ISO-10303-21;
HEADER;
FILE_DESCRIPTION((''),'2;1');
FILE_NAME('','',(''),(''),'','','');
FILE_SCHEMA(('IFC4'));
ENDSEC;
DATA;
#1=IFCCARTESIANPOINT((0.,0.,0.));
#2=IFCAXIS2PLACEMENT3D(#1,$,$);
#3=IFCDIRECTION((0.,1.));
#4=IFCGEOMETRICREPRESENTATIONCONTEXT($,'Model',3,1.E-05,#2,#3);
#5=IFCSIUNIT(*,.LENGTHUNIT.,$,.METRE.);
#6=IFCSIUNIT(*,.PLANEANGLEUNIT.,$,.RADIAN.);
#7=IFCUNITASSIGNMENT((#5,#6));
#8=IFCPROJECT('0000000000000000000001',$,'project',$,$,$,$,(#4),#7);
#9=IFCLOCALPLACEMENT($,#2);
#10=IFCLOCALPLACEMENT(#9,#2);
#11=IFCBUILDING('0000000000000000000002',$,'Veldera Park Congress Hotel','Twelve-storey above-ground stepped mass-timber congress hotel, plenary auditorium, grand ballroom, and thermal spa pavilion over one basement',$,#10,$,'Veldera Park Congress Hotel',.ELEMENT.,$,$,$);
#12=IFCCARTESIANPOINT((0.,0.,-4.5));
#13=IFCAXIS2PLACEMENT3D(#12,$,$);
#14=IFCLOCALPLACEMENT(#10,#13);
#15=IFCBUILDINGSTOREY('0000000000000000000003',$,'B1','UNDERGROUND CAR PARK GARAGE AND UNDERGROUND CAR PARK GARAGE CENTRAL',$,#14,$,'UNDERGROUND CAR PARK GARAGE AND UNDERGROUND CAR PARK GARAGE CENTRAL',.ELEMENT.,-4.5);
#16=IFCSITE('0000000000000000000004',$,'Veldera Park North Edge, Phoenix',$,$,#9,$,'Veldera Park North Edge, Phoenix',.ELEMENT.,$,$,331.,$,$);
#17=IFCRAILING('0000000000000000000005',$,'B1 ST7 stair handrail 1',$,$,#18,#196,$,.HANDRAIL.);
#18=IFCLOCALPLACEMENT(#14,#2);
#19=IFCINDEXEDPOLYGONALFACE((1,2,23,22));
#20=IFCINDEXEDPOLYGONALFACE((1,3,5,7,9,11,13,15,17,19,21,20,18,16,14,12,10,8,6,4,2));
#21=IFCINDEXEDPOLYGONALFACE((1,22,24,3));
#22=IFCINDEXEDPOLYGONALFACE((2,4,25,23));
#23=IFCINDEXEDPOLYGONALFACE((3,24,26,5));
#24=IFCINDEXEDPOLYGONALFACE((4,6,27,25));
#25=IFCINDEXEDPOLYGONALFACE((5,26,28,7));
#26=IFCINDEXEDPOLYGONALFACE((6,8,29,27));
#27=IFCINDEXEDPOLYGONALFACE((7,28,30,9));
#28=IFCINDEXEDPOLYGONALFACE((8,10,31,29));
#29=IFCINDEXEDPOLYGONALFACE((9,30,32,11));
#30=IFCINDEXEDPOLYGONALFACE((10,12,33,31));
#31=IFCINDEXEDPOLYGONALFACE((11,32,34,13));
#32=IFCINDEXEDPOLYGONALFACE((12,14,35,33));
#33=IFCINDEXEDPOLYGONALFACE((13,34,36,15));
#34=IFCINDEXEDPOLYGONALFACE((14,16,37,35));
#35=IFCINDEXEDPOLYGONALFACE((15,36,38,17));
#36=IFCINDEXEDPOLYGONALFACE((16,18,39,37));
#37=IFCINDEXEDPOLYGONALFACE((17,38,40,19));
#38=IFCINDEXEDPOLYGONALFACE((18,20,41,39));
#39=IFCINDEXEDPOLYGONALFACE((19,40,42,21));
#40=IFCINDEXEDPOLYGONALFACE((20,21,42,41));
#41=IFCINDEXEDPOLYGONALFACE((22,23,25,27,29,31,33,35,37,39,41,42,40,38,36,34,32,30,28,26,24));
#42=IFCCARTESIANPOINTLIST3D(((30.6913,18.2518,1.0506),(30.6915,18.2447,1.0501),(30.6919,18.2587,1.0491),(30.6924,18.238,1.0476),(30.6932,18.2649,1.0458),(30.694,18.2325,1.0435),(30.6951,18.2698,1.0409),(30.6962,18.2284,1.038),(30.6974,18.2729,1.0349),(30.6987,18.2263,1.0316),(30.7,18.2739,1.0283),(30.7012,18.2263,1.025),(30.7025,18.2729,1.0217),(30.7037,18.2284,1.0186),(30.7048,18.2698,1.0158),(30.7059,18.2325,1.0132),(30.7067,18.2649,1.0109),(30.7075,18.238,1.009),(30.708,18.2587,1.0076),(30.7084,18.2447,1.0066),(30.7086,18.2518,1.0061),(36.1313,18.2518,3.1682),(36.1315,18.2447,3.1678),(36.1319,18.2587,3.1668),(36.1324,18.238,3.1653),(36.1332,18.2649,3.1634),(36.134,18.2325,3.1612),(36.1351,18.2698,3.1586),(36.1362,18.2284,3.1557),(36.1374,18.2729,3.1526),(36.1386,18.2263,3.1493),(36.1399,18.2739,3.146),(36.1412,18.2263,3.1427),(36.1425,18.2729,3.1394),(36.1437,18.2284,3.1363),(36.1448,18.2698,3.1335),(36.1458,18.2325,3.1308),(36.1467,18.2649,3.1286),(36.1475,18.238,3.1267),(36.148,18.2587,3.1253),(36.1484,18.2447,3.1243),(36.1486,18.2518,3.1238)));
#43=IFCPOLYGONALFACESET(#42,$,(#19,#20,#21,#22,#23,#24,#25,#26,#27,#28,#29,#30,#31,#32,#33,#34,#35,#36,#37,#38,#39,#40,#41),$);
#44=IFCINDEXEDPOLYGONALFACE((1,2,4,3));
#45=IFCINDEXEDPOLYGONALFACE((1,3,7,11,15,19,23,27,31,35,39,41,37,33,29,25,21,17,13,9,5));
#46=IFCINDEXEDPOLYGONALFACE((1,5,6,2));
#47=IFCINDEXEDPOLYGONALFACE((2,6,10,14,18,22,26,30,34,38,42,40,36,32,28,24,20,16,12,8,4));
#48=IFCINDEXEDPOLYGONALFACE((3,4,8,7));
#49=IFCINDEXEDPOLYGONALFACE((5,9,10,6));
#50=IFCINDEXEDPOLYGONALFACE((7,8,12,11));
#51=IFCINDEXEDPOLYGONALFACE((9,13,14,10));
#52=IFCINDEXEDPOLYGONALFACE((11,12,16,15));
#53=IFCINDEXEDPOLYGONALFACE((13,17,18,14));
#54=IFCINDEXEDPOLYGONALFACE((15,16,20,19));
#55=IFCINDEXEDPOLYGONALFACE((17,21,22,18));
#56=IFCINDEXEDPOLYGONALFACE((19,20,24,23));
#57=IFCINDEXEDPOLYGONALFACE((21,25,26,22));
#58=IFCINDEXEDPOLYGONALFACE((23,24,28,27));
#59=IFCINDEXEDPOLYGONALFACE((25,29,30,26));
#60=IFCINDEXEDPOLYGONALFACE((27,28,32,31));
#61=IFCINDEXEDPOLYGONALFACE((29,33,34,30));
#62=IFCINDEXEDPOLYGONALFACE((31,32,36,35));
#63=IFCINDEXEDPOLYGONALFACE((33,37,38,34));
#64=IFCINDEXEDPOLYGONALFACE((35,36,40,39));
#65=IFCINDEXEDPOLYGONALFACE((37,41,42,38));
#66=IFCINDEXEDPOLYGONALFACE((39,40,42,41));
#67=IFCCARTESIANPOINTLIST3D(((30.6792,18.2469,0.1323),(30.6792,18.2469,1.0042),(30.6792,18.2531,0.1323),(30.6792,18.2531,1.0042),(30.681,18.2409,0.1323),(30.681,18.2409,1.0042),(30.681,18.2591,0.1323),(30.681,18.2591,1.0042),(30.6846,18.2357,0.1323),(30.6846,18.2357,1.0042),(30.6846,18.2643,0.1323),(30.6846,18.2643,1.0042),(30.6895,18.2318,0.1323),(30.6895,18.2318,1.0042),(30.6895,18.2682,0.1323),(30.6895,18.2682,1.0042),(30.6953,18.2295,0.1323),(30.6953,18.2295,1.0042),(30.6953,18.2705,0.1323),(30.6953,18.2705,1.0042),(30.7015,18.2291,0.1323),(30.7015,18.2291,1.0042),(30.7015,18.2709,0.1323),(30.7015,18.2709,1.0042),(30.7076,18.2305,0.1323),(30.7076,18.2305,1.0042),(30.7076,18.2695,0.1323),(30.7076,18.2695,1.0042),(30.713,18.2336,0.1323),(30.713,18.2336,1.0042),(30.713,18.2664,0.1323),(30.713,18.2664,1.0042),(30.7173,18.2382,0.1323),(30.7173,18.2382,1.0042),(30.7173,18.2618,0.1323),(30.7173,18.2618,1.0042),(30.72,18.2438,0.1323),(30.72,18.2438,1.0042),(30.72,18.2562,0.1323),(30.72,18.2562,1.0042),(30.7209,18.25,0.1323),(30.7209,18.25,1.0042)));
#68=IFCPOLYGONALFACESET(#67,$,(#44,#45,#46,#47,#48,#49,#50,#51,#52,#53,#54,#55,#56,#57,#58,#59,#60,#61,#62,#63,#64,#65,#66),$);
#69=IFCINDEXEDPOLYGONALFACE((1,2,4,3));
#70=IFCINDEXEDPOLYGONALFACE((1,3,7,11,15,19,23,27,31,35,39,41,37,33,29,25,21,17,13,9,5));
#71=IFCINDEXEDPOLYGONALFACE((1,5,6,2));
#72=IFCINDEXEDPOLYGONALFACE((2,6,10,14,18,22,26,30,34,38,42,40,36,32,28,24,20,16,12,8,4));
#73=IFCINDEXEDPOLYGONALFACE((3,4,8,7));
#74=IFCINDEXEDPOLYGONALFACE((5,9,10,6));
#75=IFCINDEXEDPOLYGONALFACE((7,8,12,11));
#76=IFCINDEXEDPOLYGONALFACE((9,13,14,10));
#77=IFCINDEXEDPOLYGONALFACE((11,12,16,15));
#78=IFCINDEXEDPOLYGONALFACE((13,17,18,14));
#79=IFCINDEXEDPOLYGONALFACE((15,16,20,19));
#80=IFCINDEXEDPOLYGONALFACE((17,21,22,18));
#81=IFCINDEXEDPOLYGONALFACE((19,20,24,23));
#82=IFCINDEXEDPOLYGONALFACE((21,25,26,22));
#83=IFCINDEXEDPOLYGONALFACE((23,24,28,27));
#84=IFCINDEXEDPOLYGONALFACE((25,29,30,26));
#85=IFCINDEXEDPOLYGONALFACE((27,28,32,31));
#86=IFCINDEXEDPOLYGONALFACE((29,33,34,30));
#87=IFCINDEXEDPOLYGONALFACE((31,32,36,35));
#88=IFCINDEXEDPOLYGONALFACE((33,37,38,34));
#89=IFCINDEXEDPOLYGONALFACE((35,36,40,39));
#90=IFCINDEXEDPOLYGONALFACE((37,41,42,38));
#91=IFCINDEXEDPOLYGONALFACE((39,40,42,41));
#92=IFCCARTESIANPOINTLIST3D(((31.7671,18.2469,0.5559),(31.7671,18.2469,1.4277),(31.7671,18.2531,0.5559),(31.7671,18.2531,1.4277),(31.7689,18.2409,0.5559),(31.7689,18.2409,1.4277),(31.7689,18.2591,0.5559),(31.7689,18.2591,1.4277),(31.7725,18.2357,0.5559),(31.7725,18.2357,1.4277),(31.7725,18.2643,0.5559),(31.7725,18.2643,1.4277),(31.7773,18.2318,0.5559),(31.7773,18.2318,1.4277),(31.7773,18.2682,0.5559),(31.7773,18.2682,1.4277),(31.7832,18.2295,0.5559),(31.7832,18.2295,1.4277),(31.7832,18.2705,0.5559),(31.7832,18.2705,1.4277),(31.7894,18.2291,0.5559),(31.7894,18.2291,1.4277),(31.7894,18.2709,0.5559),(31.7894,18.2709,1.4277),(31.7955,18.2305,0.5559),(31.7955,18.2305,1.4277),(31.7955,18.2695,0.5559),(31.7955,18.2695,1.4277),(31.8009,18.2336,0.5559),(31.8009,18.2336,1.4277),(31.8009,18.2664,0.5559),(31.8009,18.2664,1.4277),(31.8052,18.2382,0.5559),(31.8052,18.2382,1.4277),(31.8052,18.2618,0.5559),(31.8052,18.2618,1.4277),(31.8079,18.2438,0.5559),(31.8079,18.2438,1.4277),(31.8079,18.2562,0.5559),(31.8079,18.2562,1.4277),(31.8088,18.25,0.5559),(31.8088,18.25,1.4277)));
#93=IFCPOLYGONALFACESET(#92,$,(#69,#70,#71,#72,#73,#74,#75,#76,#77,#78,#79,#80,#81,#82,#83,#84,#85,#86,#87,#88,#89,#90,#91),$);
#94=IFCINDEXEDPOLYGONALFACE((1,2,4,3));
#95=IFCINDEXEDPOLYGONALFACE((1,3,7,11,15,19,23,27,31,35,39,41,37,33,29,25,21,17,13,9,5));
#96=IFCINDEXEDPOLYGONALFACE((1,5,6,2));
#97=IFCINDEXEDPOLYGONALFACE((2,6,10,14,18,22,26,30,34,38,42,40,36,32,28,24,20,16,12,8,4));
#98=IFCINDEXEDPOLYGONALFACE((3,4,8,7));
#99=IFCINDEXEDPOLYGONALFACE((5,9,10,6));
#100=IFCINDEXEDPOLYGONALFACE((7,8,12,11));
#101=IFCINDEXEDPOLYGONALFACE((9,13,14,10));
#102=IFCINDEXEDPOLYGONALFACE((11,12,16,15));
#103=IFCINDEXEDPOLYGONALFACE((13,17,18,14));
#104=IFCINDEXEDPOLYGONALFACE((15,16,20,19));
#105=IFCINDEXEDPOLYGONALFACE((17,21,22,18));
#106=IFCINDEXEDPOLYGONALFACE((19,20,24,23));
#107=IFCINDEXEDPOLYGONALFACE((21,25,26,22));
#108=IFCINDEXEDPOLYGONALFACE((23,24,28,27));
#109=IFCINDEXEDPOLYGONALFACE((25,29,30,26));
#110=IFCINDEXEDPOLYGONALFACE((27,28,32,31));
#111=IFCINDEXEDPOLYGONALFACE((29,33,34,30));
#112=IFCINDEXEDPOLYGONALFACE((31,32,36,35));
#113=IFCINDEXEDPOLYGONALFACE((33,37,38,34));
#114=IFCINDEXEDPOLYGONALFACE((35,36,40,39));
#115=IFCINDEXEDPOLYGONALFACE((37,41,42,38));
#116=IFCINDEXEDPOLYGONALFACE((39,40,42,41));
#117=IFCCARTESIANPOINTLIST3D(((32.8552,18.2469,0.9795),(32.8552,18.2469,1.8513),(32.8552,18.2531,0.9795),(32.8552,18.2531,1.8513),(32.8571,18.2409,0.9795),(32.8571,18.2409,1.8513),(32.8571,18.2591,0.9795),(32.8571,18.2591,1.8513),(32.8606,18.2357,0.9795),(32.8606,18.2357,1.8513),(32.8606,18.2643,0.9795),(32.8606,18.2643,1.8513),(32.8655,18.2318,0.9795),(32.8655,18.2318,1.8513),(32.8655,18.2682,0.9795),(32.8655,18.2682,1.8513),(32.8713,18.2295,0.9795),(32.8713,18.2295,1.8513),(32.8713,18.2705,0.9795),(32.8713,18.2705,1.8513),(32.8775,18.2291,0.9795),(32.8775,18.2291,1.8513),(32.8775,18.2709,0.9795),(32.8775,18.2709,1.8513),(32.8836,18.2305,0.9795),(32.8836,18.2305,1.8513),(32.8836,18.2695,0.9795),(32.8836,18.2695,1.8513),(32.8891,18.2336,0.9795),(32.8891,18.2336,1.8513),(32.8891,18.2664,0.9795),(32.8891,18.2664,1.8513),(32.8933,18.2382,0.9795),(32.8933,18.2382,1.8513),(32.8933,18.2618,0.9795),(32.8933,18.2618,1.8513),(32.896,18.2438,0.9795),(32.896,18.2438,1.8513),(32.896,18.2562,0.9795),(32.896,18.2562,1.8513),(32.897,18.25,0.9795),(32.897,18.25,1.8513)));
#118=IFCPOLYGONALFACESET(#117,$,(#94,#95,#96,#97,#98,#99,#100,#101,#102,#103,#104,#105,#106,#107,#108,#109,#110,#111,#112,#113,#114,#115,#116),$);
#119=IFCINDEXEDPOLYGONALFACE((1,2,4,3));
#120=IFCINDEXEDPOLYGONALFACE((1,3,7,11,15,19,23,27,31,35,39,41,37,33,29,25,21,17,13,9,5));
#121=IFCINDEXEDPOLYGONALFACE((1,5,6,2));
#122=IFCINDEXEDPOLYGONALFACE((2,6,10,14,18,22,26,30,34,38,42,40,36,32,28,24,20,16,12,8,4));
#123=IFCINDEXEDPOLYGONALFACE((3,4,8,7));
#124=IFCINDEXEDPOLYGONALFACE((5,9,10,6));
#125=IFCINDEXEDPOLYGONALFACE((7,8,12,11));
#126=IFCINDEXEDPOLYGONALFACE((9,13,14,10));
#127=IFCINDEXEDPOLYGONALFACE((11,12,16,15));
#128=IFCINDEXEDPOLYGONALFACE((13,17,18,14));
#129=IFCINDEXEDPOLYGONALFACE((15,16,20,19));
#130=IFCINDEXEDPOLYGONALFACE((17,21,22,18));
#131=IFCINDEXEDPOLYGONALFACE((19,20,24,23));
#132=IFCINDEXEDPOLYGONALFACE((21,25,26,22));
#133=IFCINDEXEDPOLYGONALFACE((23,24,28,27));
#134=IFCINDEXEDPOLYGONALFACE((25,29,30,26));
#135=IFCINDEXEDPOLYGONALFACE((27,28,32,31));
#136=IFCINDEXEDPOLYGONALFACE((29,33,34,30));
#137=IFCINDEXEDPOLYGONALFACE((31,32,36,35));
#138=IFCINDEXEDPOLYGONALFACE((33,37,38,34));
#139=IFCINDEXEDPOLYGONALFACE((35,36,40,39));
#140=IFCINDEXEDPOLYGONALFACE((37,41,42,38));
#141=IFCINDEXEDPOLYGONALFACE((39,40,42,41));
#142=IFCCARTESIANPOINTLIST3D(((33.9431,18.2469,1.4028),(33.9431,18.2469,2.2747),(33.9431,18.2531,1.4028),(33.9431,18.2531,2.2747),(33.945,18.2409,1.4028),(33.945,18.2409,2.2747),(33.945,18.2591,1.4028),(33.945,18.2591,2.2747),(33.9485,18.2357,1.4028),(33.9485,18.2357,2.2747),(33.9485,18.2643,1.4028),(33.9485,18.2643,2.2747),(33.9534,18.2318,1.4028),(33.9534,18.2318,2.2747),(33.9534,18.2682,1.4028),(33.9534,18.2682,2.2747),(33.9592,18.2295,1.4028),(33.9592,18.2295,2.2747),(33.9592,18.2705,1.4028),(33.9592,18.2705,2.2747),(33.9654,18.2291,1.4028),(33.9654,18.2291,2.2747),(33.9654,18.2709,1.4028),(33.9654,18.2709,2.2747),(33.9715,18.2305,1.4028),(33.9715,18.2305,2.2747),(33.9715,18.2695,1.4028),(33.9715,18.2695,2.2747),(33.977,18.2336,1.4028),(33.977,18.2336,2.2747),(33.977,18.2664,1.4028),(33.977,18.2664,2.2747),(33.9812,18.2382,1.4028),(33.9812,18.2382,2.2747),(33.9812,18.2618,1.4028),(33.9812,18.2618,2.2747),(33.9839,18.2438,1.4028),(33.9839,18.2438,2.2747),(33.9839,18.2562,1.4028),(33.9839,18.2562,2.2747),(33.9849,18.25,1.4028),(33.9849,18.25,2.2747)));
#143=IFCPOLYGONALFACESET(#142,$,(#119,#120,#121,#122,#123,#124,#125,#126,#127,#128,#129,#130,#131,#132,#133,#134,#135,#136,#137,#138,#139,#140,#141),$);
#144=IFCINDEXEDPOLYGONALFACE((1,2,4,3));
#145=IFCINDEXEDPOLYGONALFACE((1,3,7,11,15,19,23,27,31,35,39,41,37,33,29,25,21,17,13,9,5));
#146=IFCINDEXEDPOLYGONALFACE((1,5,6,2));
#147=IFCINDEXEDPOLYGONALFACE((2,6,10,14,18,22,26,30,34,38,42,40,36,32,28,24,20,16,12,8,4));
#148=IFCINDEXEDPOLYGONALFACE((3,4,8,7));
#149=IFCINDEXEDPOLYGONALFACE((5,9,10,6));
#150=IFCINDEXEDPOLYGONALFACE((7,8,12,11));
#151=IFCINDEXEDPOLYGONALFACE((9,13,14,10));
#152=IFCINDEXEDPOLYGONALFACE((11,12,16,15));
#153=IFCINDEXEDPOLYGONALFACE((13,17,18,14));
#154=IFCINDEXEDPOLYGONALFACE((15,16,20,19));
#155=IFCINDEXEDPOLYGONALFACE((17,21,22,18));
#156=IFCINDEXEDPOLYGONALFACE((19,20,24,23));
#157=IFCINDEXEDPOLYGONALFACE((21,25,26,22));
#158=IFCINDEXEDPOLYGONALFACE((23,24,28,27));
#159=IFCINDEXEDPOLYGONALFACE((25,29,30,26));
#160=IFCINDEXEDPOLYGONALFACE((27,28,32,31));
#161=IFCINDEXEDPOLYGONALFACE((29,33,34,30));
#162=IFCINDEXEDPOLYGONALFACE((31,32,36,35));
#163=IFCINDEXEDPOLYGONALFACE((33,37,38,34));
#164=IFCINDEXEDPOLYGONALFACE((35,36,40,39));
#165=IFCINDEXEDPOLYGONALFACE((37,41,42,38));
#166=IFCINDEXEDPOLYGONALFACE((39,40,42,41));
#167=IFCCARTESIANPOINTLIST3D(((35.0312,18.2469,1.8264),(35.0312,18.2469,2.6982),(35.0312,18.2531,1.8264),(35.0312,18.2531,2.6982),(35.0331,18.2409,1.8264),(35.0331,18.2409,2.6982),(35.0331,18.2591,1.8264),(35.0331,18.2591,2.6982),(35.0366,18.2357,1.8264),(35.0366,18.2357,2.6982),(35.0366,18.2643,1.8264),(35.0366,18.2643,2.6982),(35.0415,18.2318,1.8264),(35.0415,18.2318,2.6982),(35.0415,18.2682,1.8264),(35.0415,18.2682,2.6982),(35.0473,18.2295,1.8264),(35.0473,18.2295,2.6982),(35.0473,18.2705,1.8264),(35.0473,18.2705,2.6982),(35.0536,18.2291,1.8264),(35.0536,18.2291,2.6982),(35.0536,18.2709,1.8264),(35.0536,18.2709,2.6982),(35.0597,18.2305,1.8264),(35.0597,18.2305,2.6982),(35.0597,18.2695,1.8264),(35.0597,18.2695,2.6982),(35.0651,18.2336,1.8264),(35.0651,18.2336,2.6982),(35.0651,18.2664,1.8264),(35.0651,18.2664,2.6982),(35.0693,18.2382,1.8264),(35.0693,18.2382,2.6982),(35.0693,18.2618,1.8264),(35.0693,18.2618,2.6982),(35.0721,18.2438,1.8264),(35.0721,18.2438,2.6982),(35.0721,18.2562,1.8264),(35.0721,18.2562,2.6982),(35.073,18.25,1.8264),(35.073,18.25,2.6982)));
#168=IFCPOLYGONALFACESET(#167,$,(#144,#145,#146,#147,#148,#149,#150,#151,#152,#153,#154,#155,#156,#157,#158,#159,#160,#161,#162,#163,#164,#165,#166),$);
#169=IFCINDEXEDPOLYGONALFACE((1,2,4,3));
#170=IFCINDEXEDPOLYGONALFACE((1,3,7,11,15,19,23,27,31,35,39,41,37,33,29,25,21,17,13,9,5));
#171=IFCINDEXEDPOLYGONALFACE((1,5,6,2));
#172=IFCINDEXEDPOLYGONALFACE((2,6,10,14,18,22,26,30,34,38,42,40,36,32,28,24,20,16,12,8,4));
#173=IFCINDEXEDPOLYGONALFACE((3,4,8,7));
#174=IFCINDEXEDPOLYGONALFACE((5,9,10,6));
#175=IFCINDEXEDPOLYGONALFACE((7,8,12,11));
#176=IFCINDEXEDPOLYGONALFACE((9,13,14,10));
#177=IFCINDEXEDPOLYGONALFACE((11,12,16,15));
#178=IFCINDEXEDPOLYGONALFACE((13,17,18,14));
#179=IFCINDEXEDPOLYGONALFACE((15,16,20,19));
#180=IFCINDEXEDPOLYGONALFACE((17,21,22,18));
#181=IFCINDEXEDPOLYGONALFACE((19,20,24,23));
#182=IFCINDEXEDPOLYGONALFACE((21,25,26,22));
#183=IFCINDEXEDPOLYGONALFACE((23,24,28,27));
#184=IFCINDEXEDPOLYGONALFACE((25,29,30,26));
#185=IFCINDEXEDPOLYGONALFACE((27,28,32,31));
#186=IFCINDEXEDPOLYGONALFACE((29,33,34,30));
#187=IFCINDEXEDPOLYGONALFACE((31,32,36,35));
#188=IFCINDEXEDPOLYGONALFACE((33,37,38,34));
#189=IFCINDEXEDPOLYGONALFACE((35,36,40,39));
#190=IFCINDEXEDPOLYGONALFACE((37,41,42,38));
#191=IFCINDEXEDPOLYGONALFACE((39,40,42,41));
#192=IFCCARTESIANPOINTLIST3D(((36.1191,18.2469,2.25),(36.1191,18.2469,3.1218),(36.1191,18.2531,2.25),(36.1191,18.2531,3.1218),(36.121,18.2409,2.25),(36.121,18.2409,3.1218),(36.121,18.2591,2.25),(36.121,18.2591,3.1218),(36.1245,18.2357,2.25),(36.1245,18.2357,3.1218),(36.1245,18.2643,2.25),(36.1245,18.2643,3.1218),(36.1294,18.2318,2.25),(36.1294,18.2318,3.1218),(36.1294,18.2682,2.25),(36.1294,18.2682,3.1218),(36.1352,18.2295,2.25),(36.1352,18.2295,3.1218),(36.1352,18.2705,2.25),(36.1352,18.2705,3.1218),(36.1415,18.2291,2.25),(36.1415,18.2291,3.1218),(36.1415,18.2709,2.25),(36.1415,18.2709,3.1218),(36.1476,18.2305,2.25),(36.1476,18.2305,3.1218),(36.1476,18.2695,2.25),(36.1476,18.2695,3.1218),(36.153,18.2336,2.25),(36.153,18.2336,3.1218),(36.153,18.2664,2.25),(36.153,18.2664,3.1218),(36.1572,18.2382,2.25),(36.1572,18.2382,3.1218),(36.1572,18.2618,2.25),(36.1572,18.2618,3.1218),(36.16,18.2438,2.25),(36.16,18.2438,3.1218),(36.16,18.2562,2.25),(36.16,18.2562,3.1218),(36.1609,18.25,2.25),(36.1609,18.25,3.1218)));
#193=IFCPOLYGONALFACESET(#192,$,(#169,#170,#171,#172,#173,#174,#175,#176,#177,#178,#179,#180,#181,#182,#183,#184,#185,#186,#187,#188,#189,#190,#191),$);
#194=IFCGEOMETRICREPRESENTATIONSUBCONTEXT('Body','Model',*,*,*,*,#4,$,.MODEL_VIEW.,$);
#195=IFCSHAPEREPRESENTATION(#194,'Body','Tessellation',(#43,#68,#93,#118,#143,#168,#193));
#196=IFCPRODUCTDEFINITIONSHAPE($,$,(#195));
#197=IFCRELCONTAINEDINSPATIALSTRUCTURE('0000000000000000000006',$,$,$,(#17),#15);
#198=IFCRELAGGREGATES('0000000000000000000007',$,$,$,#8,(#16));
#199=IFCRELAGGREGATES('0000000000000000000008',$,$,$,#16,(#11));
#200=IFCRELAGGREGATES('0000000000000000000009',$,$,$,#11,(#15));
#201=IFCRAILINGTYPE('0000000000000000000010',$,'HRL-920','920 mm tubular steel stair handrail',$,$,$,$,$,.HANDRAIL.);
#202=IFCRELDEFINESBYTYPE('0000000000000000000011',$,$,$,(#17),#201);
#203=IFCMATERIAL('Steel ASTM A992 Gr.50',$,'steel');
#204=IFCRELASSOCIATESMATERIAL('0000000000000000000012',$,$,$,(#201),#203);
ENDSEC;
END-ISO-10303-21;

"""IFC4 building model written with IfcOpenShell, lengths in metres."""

from ifc_helpers import new_model, si_unit, direction, frame, origin, origin_2d, place, context, subcontext, project, spatial, circle, extrude, material, type_object, element, save


model = new_model("IFC4")

# Units and contexts
model_context = context("Model", 3, precision=1e-05, world=origin(), true_north=direction((0.0, 1.0)))
body_context = subcontext(model_context, "Body", "Model", "MODEL_VIEW")
ifc_project = project(units=[si_unit("LENGTHUNIT", "METRE"), si_unit("PLANEANGLEUNIT", "RADIAN")], contexts=[model_context])

# Site, building, storey
site_placement = place(None, origin())
site = spatial("IfcSite", under=ifc_project, at=site_placement, Name="Veldera Park North Edge, Phoenix", LongName="Veldera Park North Edge, Phoenix", CompositionType="ELEMENT", RefElevation=331.0)
building_placement = place(site_placement, origin())
building = spatial("IfcBuilding", under=site, at=building_placement, Name="Veldera Park Congress Hotel", Description="Twelve-storey above-ground stepped mass-timber congress hotel, plenary auditorium, grand ballroom, and thermal spa pavilion over one basement", LongName="Veldera Park Congress Hotel", CompositionType="ELEMENT")
storey_placement = place(building_placement, frame((0.0, 0.0, -4.5)))
storey = spatial("IfcBuildingStorey", under=building, at=storey_placement, Name="B1", Description="UNDERGROUND CAR PARK GARAGE AND UNDERGROUND CAR PARK GARAGE CENTRAL", LongName="UNDERGROUND CAR PARK GARAGE AND UNDERGROUND CAR PARK GARAGE CENTRAL", CompositionType="ELEMENT", Elevation=-4.5)

# Railing
ifc_material_1 = material(Name="Steel ASTM A992 Gr.50", Category="steel")
railing_type_1 = type_object("IfcRailingType", Name="HRL-920", Description="920 mm tubular steel stair handrail", PredefinedType="HANDRAIL", material=ifc_material_1)
railing_1_placement = place(storey_placement, frame((30.7, 18.25, 0.1323)))
element("IfcRailing", 1, at=railing_1_placement, inside=storey, type_object=railing_type_1, Name="B1 ST7 stair handrail 1", PredefinedType="HANDRAIL", context=body_context, shape_type="SweptSolid", body=[
    extrude(circle(Radius=0.0239, at=origin_2d()), frame((0.0, 0.0, 0.896), z_axis=(0.931881, 0.0, 0.362765), x_axis=(0.0, 1.0, 0.0)), (0.0, 0.0, 1.0), 5.8376),
    extrude(circle(Radius=0.021, at=origin_2d()), origin(), (0.0, 0.0, 1.0), 0.8718),
    extrude(circle(Radius=0.021, at=origin_2d()), frame((1.0879, 0.0, 0.4236)), (0.0, 0.0, 1.0), 0.8718),
    extrude(circle(Radius=0.021, at=origin_2d()), frame((2.176, 0.0, 0.8472)), (0.0, 0.0, 1.0), 0.8718),
    extrude(circle(Radius=0.021, at=origin_2d()), frame((3.2639, 0.0, 1.2705)), (0.0, 0.0, 1.0), 0.8718),
    extrude(circle(Radius=0.021, at=origin_2d()), frame((4.3521, 0.0, 1.6941)), (0.0, 0.0, 1.0), 0.8718),
    extrude(circle(Radius=0.021, at=origin_2d()), frame((5.4399, 0.0, 2.1177)), (0.0, 0.0, 1.0), 0.8718),
])

save(model, "model.ifc")
